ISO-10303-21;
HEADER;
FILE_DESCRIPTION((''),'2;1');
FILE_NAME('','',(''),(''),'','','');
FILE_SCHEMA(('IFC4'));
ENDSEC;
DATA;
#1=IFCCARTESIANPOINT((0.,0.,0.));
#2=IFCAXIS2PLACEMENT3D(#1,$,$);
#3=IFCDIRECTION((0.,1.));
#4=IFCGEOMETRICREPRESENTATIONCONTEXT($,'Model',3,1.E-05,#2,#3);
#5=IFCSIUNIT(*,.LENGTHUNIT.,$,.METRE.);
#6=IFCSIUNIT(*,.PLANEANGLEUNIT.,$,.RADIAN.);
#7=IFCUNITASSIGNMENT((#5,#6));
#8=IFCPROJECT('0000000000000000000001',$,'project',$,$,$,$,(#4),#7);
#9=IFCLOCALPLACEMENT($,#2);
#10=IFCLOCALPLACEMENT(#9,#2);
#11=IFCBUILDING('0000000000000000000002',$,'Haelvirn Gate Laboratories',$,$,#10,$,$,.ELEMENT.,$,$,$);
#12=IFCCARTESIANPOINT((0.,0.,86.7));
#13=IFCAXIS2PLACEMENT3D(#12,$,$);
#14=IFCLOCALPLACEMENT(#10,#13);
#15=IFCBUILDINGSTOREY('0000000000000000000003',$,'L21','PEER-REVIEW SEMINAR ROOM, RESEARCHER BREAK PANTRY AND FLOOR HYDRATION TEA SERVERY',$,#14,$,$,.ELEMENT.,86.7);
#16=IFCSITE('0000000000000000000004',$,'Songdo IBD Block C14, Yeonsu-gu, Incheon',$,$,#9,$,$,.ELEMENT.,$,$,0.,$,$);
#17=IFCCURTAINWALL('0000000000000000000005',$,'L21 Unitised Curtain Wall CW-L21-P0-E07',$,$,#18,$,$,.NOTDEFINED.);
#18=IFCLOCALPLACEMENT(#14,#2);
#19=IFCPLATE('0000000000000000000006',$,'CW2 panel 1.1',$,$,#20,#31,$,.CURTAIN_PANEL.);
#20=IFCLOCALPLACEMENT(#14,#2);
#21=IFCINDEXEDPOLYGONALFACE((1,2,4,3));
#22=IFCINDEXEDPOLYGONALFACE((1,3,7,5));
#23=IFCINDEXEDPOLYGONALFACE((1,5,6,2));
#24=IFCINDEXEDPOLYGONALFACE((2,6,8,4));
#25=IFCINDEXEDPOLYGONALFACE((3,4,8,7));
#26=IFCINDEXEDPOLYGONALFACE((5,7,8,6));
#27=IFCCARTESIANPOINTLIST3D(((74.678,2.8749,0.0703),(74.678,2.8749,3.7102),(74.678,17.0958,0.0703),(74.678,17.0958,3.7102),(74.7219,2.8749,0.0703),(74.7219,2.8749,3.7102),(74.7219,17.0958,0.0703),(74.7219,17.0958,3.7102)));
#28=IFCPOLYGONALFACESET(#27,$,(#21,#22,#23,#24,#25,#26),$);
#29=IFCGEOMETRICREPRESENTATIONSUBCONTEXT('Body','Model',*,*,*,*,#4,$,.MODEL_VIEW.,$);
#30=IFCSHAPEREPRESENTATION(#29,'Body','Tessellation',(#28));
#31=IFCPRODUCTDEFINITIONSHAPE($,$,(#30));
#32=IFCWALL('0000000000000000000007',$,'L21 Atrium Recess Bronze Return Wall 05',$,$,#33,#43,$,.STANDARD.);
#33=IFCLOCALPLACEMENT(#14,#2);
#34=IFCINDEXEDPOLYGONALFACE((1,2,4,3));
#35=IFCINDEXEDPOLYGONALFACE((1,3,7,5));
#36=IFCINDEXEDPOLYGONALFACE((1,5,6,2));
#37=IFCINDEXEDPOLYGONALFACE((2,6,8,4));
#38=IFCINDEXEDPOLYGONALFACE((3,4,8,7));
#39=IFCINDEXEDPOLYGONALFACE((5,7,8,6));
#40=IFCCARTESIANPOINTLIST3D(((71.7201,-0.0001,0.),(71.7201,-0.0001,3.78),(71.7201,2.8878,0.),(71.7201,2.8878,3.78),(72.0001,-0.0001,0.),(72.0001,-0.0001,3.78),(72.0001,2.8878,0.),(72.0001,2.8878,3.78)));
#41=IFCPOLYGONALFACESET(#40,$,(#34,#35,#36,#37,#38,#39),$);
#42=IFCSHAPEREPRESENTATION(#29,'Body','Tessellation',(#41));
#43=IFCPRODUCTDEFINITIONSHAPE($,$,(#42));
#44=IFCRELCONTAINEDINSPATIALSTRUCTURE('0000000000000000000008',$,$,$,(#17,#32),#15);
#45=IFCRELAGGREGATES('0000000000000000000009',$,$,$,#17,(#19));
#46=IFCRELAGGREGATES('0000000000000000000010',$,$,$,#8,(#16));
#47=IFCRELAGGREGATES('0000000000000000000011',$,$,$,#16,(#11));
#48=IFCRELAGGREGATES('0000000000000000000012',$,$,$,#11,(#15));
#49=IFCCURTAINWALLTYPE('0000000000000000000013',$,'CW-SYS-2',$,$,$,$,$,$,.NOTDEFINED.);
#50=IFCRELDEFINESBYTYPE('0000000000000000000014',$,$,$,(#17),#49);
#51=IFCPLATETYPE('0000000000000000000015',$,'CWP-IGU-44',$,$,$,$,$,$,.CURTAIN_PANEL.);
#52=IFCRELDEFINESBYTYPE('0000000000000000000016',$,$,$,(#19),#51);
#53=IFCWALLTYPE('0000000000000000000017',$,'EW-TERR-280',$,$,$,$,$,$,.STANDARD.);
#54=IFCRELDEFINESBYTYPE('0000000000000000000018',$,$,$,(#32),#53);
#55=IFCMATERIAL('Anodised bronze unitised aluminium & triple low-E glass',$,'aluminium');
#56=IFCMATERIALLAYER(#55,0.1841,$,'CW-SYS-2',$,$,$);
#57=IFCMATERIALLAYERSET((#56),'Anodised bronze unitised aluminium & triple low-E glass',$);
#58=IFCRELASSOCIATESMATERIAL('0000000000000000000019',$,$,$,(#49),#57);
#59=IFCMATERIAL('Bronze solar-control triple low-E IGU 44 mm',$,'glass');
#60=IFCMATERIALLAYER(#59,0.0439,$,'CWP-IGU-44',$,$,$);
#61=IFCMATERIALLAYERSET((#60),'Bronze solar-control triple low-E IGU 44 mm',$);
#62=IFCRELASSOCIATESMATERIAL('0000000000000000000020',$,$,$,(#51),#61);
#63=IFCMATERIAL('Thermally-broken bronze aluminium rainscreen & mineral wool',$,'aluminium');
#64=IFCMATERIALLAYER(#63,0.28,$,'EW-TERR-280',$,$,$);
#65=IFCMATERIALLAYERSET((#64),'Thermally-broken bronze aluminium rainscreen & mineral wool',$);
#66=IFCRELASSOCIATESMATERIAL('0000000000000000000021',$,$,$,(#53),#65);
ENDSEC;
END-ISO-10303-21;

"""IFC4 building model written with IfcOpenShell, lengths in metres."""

from ifc_helpers import new_model, si_unit, direction, frame, frame_2d, origin, origin_2d, place, context, subcontext, project, spatial, rectangle, extrude, source, transform, mapped, material, layer, layer_set, type_object, element, aggregate, save


model = new_model("IFC4")

# Units and contexts
model_context = context("Model", 3, precision=1e-05, world=origin(), true_north=direction((0.0, 1.0)))
body_context = subcontext(model_context, "Body", "Model", "MODEL_VIEW")
ifc_project = project(units=[si_unit("LENGTHUNIT", "METRE"), si_unit("PLANEANGLEUNIT", "RADIAN")], contexts=[model_context])

# Site, building, storey
site_placement = place(None, origin())
site = spatial("IfcSite", under=ifc_project, at=site_placement, Name="Songdo IBD Block C14, Yeonsu-gu, Incheon", CompositionType="ELEMENT", RefElevation=0.0)
building_placement = place(site_placement, origin())
building = spatial("IfcBuilding", under=site, at=building_placement, Name="Haelvirn Gate Laboratories", CompositionType="ELEMENT")
storey_placement = place(building_placement, frame((0.0, 0.0, 86.7)))
storey = spatial("IfcBuildingStorey", under=building, at=storey_placement, Name="L21", Description="PEER-REVIEW SEMINAR ROOM, RESEARCHER BREAK PANTRY AND FLOOR HYDRATION TEA SERVERY", CompositionType="ELEMENT", Elevation=86.7)

# Shared definitions
ifc_material_1 = material(Name="Anodised bronze unitised aluminium & triple low-E glass", Category="aluminium")
ifc_layer_1 = layer(ifc_material_1, 0.1841, Name="CW-SYS-2")
ifc_layer_set_1 = layer_set([ifc_layer_1], Name="Anodised bronze unitised aluminium & triple low-E glass")
curtain_wall_type_1 = type_object("IfcCurtainWallType", Name="CW-SYS-2", PredefinedType="NOTDEFINED", material=ifc_layer_set_1)

# Curtain wall
curtain_wall_1_placement = place(storey_placement, origin())
curtain_wall_1 = element("IfcCurtainWall", 1, at=curtain_wall_1_placement, inside=storey, type_object=curtain_wall_type_1, Name="L21 Unitised Curtain Wall CW-L21-P0-E07", PredefinedType="NOTDEFINED")

# Plate
ifc_material_2 = material(Name="Bronze solar-control triple low-E IGU 44 mm", Category="glass")
ifc_layer_2 = layer(ifc_material_2, 0.0439, Name="CWP-IGU-44")
ifc_layer_set_2 = layer_set([ifc_layer_2], Name="Bronze solar-control triple low-E IGU 44 mm")
plate_type_1 = type_object("IfcPlateType", Name="CWP-IGU-44", PredefinedType="CURTAIN_PANEL", material=ifc_layer_set_2)
shared_shape_1 = source(origin(), body_context, "Body", "SweptSolid", [
    extrude(rectangle(XDim=14.2209, YDim=0.0439, at=origin_2d()), origin(), (0.0, 0.0, 1.0), 3.6399),
])
plate_1_placement = place(storey_placement, frame((74.7, 9.9854, 0.0703), z_axis=(0.0, 0.0, 1.0), x_axis=(0.0, 1.0, 0.0)))
plate_1 = element("IfcPlate", 2, at=plate_1_placement, type_object=plate_type_1, Name="CW2 panel 1.1", PredefinedType="CURTAIN_PANEL", context=body_context, shape_type="MappedRepresentation", body=[
    mapped(shared_shape_1, transform((0.0, 0.0, 0.0), scale=1.0)),
])
aggregate(curtain_wall_1, [plate_1])

# Wall
ifc_material_3 = material(Name="Thermally-broken bronze aluminium rainscreen & mineral wool", Category="aluminium")
ifc_layer_3 = layer(ifc_material_3, 0.28, Name="EW-TERR-280")
ifc_layer_set_3 = layer_set([ifc_layer_3], Name="Thermally-broken bronze aluminium rainscreen & mineral wool")
wall_type = type_object("IfcWallType", Name="EW-TERR-280", PredefinedType="STANDARD", material=ifc_layer_set_3)
wall_placement = place(storey_placement, frame((71.8601, 0.0, 0.0), z_axis=(0.0, 0.0, 1.0), x_axis=(0.0, 1.0, 0.0)))
element("IfcWall", 3, at=wall_placement, inside=storey, type_object=wall_type, Name="L21 Atrium Recess Bronze Return Wall 05", PredefinedType="STANDARD", context=body_context, shape_type="SweptSolid", body=[
    extrude(rectangle(XDim=2.8879, YDim=0.28, at=frame_2d((1.4438, 0.0))), origin(), (0.0, 0.0, 1.0), 3.78),
])

save(model, "model.ifc")
